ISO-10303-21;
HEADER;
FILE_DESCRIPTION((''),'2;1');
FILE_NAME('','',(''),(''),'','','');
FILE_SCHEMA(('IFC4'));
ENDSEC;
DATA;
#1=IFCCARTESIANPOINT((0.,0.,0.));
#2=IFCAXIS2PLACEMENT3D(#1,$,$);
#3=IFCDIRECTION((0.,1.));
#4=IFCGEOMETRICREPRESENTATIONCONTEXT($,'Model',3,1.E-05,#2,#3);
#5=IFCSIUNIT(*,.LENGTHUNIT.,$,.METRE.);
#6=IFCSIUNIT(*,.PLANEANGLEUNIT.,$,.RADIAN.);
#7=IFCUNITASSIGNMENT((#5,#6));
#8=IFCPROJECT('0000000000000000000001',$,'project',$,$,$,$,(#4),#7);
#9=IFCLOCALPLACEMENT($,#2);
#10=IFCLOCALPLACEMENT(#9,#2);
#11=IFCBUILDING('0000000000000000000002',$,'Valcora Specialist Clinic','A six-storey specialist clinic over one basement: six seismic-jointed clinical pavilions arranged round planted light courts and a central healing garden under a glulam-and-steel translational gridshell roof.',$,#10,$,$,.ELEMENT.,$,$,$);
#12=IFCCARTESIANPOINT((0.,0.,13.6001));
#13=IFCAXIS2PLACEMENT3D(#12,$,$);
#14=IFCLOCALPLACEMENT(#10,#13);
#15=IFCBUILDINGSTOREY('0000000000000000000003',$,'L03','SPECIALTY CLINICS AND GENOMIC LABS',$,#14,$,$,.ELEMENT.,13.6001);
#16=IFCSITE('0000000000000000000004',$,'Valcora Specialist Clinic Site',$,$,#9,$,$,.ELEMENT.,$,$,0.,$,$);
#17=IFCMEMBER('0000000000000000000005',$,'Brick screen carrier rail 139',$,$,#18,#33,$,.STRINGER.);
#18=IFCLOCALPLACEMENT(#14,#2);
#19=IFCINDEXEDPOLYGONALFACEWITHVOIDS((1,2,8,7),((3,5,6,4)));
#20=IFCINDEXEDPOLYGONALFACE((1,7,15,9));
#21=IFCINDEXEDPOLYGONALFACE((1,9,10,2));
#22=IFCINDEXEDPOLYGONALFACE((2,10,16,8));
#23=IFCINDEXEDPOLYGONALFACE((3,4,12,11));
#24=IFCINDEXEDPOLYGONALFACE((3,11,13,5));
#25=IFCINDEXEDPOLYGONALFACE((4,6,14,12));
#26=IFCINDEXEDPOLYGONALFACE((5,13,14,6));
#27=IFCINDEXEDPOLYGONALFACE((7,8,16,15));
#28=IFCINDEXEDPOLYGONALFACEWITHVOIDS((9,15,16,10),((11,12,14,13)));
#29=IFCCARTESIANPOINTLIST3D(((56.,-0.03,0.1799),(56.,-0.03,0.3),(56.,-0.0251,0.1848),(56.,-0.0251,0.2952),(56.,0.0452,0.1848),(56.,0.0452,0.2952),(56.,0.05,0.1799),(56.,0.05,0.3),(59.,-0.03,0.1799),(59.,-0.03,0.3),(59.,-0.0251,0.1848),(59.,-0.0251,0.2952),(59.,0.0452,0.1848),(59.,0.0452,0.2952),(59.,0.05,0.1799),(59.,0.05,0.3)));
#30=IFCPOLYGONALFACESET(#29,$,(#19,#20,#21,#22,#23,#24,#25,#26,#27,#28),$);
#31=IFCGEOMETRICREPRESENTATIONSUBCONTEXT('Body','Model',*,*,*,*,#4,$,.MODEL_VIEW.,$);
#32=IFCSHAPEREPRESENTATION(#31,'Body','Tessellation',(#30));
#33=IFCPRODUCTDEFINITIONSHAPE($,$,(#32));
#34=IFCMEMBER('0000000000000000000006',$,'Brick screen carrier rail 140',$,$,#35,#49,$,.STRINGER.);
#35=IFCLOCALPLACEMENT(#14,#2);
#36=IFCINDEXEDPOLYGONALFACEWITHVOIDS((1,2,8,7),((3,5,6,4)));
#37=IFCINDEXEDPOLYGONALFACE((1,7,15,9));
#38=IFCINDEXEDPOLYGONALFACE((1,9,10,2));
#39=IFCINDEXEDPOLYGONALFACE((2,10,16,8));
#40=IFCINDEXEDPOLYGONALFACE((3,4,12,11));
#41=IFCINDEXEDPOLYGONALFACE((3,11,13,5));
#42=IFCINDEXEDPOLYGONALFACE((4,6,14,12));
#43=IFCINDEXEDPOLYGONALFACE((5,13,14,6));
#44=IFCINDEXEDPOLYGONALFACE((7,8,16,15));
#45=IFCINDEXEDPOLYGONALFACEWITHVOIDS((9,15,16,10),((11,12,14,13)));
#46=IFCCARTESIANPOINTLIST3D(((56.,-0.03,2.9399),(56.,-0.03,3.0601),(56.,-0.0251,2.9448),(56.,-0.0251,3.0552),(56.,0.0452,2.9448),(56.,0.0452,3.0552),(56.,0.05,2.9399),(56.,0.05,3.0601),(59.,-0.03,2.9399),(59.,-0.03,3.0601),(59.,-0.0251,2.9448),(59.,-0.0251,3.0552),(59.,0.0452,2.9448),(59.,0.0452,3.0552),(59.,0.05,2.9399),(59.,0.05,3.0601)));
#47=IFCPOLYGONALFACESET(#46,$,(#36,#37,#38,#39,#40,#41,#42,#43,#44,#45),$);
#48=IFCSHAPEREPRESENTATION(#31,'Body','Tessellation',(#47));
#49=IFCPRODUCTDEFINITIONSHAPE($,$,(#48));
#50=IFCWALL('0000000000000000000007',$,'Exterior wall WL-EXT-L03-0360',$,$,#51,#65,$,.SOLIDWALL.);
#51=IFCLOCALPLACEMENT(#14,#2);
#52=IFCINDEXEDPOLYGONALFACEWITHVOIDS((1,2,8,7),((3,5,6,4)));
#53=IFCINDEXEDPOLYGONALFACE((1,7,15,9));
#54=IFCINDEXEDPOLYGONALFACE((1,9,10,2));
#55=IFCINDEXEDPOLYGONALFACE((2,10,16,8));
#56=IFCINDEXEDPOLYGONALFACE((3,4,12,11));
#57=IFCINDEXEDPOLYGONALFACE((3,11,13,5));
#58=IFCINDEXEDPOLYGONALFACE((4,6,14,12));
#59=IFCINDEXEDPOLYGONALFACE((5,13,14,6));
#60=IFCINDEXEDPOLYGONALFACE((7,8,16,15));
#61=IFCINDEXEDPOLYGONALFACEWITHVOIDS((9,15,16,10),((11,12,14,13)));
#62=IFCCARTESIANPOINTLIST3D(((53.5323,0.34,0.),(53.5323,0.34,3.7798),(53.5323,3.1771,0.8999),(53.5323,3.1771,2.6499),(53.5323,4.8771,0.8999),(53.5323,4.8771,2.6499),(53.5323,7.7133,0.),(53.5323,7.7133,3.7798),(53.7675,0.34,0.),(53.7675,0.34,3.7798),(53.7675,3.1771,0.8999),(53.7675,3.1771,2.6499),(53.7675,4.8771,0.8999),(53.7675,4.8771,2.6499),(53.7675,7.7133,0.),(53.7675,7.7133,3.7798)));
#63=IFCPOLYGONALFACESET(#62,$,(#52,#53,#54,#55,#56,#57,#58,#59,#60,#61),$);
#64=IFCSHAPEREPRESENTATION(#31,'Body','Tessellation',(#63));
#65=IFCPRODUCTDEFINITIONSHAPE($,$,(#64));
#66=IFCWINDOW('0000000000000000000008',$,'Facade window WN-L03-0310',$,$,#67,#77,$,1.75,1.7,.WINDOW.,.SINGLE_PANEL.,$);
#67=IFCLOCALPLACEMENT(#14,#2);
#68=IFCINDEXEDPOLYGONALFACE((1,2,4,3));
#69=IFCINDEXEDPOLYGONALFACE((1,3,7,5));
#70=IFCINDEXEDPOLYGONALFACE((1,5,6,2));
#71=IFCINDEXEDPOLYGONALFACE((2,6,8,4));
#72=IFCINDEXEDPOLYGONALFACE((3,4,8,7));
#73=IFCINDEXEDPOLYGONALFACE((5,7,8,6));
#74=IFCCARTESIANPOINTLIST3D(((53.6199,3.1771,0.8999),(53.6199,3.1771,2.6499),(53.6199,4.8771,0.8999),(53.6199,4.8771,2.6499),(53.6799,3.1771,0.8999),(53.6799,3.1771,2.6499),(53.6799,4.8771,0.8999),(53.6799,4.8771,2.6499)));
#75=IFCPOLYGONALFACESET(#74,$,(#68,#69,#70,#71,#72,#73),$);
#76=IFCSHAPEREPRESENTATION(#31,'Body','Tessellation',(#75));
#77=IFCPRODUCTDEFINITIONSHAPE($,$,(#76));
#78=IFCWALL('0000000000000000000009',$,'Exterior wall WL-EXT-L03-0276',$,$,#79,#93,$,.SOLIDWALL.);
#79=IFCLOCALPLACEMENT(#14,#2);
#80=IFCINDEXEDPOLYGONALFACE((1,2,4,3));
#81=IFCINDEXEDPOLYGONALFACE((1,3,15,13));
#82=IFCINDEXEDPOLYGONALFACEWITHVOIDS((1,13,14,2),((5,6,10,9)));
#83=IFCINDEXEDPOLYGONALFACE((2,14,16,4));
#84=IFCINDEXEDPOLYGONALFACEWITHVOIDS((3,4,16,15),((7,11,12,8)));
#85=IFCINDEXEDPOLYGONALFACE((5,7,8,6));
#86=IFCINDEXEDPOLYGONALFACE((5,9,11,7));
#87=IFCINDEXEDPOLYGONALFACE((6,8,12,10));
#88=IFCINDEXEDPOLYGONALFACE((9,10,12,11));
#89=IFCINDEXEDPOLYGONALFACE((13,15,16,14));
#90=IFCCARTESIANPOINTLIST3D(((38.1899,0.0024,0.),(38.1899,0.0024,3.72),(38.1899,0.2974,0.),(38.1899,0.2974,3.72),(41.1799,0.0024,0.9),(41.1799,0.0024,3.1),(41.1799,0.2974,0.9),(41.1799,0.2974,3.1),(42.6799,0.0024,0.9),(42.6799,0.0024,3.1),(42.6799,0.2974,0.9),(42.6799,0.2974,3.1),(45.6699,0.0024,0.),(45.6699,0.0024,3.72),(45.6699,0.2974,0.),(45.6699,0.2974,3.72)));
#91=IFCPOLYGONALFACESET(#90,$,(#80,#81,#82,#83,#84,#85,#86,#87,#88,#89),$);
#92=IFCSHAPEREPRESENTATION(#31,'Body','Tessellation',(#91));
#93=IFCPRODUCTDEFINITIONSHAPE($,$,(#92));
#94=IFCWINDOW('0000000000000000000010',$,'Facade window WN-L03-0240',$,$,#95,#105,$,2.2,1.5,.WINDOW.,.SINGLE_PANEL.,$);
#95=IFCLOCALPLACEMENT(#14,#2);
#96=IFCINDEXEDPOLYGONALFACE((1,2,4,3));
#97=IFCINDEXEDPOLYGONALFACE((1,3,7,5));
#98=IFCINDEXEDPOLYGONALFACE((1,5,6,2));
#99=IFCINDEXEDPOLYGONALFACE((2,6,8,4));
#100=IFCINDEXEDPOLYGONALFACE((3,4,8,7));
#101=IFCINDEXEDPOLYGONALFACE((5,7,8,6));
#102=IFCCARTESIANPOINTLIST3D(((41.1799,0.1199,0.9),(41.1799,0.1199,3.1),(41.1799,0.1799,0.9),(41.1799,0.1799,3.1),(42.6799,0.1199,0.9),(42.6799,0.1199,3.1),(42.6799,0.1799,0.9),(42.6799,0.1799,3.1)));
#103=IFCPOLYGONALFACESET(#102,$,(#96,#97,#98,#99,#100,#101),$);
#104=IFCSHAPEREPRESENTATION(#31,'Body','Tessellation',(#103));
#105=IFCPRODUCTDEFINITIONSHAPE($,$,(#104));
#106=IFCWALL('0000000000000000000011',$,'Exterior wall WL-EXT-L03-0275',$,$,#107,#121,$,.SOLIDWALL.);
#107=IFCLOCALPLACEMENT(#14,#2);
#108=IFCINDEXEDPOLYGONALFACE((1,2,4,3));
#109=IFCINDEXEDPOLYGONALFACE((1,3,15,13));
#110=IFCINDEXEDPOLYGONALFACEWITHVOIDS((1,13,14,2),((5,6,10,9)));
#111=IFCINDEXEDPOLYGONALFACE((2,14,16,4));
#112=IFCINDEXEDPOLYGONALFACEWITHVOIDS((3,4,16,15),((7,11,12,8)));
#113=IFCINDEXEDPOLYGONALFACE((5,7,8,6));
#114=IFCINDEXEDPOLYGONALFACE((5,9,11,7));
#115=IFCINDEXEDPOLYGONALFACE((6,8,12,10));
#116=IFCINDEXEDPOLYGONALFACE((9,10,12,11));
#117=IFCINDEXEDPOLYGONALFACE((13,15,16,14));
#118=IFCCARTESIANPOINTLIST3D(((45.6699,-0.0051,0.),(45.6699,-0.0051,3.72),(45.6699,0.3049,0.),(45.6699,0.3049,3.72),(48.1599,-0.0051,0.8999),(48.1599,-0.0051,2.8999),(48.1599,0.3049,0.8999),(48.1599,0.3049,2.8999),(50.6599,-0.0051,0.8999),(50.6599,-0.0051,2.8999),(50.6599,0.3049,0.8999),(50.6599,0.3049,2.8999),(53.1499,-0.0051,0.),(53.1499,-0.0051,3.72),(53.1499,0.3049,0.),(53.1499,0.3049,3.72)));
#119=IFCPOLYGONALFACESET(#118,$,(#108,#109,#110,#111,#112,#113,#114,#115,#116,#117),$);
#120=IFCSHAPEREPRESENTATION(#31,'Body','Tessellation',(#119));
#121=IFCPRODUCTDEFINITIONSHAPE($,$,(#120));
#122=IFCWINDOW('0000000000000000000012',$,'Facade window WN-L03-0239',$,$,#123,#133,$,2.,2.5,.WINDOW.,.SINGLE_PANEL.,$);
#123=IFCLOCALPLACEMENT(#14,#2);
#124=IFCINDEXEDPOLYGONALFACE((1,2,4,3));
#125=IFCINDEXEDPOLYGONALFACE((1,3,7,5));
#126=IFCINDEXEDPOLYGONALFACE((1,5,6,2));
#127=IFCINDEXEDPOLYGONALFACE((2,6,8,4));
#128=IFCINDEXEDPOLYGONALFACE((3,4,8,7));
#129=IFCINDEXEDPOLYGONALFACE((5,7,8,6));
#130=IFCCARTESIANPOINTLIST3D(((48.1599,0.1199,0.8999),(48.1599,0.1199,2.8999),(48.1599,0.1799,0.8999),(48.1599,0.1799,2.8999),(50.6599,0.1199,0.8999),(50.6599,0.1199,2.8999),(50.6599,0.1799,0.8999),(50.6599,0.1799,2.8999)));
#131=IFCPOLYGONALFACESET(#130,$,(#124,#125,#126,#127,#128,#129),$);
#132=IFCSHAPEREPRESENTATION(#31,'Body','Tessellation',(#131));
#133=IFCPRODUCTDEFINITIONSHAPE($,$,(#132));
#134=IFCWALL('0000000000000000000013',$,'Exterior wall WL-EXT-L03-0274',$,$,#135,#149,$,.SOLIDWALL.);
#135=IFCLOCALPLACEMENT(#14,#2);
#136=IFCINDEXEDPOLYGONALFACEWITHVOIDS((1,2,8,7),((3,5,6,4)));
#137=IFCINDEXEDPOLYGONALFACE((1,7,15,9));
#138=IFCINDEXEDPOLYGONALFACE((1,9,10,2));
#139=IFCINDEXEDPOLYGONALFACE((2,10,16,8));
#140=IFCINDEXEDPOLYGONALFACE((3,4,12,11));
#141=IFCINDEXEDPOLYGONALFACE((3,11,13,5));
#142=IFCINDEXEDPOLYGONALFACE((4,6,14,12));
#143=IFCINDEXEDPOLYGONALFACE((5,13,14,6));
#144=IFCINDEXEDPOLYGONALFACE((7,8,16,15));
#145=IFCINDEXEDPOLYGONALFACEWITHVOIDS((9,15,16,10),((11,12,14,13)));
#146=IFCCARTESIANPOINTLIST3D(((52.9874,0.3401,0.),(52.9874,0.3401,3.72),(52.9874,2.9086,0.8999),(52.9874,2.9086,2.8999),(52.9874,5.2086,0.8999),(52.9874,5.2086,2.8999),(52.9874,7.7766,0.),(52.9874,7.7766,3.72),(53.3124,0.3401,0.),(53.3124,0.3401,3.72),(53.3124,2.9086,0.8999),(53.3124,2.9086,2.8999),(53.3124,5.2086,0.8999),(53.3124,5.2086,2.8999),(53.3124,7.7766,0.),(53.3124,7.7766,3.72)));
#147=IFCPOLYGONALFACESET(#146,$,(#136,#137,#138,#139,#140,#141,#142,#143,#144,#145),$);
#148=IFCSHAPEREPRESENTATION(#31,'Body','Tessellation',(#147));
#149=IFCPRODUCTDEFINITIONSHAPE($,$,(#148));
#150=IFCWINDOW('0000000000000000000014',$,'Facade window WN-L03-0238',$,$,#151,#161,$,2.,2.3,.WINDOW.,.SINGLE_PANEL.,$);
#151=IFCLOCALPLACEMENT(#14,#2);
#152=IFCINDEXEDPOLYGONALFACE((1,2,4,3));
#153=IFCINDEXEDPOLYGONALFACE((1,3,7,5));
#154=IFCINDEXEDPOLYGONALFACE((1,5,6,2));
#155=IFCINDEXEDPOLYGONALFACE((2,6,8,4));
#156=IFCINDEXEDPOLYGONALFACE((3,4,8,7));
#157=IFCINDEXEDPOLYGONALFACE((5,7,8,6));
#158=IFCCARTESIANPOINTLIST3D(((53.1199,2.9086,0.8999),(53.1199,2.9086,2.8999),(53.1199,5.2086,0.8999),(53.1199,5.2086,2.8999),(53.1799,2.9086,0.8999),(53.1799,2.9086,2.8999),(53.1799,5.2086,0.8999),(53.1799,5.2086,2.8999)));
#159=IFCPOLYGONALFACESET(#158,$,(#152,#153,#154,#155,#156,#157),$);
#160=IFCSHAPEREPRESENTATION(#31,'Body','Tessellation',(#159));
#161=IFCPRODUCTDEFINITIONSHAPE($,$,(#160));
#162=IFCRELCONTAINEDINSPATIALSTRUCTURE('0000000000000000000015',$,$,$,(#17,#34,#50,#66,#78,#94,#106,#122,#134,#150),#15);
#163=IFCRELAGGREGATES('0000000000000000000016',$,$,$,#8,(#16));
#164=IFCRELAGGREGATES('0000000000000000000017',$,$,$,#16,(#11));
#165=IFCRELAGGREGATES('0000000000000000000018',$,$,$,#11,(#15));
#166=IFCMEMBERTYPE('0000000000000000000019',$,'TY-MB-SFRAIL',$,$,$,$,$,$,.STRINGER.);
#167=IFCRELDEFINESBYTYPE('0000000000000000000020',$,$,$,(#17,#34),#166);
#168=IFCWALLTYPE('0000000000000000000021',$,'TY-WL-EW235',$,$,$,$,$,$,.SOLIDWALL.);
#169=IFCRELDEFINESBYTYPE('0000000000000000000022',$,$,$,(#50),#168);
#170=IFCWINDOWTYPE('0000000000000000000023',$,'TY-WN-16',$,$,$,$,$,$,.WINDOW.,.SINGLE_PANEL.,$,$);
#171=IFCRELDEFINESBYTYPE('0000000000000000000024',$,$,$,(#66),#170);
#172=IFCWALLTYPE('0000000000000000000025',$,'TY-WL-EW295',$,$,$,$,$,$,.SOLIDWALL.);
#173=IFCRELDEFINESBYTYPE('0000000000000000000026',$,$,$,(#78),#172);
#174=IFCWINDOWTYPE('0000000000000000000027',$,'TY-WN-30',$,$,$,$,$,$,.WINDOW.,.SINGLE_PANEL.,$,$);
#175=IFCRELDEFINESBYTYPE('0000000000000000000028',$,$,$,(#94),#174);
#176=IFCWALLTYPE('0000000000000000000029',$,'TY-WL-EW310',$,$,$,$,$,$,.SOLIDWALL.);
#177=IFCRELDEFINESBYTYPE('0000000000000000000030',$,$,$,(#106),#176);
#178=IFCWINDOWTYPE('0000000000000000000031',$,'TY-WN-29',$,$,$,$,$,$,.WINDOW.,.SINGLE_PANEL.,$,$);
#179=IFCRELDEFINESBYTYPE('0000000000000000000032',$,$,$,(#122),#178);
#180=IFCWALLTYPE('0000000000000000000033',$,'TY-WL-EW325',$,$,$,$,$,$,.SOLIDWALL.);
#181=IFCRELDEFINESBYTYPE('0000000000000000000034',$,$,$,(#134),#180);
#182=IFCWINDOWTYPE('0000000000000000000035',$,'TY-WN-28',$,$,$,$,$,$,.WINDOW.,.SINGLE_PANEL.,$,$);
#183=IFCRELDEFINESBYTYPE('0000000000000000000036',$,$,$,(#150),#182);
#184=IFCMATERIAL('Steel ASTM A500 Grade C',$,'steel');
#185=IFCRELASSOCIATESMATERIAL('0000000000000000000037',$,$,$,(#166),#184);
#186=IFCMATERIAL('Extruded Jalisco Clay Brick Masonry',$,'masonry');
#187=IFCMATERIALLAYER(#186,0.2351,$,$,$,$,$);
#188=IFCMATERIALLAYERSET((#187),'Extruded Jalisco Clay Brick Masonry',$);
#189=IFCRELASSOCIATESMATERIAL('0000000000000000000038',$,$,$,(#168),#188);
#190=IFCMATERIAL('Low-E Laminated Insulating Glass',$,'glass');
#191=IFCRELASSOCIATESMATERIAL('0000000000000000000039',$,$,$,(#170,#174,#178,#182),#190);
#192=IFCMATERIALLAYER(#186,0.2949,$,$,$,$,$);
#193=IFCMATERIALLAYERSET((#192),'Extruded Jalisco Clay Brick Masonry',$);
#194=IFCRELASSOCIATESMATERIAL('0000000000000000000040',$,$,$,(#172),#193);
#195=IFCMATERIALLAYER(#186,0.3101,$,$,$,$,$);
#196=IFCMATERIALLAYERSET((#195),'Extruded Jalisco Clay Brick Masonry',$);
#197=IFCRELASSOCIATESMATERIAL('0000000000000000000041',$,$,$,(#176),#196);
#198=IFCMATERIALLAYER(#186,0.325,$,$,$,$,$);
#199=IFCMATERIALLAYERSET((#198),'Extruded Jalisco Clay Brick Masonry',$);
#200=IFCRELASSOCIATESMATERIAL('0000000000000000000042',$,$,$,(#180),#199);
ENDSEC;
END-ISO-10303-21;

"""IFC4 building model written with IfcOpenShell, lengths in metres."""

from ifc_helpers import new_model, si_unit, direction, frame, frame_2d, origin, origin_2d, place, context, subcontext, project, spatial, rectangle, hollow_rectangle, extrude, material, layer, layer_set, material_profile, profile_set, type_object, element, fill, save


model = new_model("IFC4")

# Units and contexts
model_context = context("Model", 3, precision=1e-05, world=origin(), true_north=direction((0.0, 1.0)))
body_context = subcontext(model_context, "Body", "Model", "MODEL_VIEW")
ifc_project = project(units=[si_unit("LENGTHUNIT", "METRE"), si_unit("PLANEANGLEUNIT", "RADIAN")], contexts=[model_context])

# Site, building, storey
site_placement = place(None, origin())
site = spatial("IfcSite", under=ifc_project, at=site_placement, Name="Valcora Specialist Clinic Site", CompositionType="ELEMENT", RefElevation=0.0)
building_placement = place(site_placement, origin())
building = spatial("IfcBuilding", under=site, at=building_placement, Name="Valcora Specialist Clinic", Description="A six-storey specialist clinic over one basement: six seismic-jointed clinical pavilions arranged round planted light courts and a central healing garden under a glulam-and-steel translational gridshell roof.", CompositionType="ELEMENT")
storey_placement = place(building_placement, frame((0.0, 0.0, 13.6001)))
storey = spatial("IfcBuildingStorey", under=building, at=storey_placement, Name="L03", Description="SPECIALTY CLINICS AND GENOMIC LABS", CompositionType="ELEMENT", Elevation=13.6001)

# Members
ifc_material_1 = material(Name="Steel ASTM A500 Grade C", Category="steel")
ifc_material_profile_1 = material_profile(ifc_material_1, hollow_rectangle(XDim=0.0801, YDim=0.1201, WallThickness=0.0049, at=origin_2d()), Name="ST-RHS-120X80X5")
ifc_profile_set_1 = profile_set([ifc_material_profile_1], Name="Steel ASTM A500 Grade C")
member_type_1 = type_object("IfcMemberType", Name="TY-MB-SFRAIL", PredefinedType="STRINGER", material=ifc_profile_set_1)
for number, where, z_axis, x_axis, name in (
    (1, (56.0, 0.01, 0.24), (1.0, 0.0, 0.0), (0.0, 1.0, 0.0), "Brick screen carrier rail 139"),
    (2, (56.0, 0.01, 3.0), (1.0, 0.0, 0.0), (0.0, 1.0, 0.0), "Brick screen carrier rail 140"),
):
    element("IfcMember", number, at=place(storey_placement, frame(where, z_axis=z_axis, x_axis=x_axis)), inside=storey, type_object=member_type_1, Name=name, PredefinedType="STRINGER", context=body_context, shape_type="SweptSolid", body=[
        extrude(hollow_rectangle(XDim=0.0801, YDim=0.1201, WallThickness=0.0049, at=origin_2d()), origin(), (0.0, 0.0, 1.0), 3.0),
    ])

# Walls, openings, windows
ifc_material_2 = material(Name="Extruded Jalisco Clay Brick Masonry", Category="masonry")
ifc_layer_1 = layer(ifc_material_2, 0.2351)
ifc_layer_set_1 = layer_set([ifc_layer_1], Name="Extruded Jalisco Clay Brick Masonry")
wall_type_1 = type_object("IfcWallType", Name="TY-WL-EW235", PredefinedType="SOLIDWALL", material=ifc_layer_set_1)
wall_1_placement = place(storey_placement, frame((53.6499, 0.3401, 0.0), z_axis=(0.0, 0.0, 1.0), x_axis=(0.0, 1.0, 0.0)))
wall_1 = element("IfcWall", 3, at=wall_1_placement, inside=storey, type_object=wall_type_1, Name="Exterior wall WL-EXT-L03-0360", PredefinedType="SOLIDWALL", context=body_context, shape_type="SweptSolid", body=[
    extrude(rectangle(XDim=7.3733, YDim=0.2351, at=frame_2d((3.6865, 0.0))), origin(), (0.0, 0.0, 1.0), 3.7798),
])
opening_1_placement = place(wall_1_placement, frame((2.8369, 0.0, 0.8999)))
opening_1 = element("IfcOpeningElement", 4, at=opening_1_placement, cuts=wall_1, PredefinedType="OPENING", context=body_context, shape_type="SweptSolid", body=[
    extrude(rectangle(XDim=1.7, YDim=1.75, at=frame_2d((0.8501, 0.875))), frame((0.0, 0.1274, 0.0), z_axis=(0.0, -1.0, 0.0), x_axis=(1.0, 0.0, 0.0)), (0.0, 0.0, 1.0), 0.2551),
])
ifc_material_3 = material(Name="Low-E Laminated Insulating Glass", Category="glass")
window_type_1 = type_object("IfcWindowType", Name="TY-WN-16", PartitioningType="SINGLE_PANEL", PredefinedType="WINDOW", material=ifc_material_3)
window_1_placement = place(opening_1_placement, origin())
window_1 = element("IfcWindow", 5, at=window_1_placement, inside=storey, type_object=window_type_1, Name="Facade window WN-L03-0310", OverallHeight=1.75, OverallWidth=1.7, PartitioningType="SINGLE_PANEL", PredefinedType="WINDOW", context=body_context, shape_type="SweptSolid", body=[
    extrude(rectangle(XDim=1.7, YDim=1.75, at=frame_2d((0.8501, 0.875))), frame((0.0, 0.03, 0.0), z_axis=(0.0, -1.0, 0.0), x_axis=(1.0, 0.0, 0.0)), (0.0, 0.0, 1.0), 0.0601),
])
fill(opening_1, window_1)
ifc_layer_2 = layer(ifc_material_2, 0.2949)
ifc_layer_set_2 = layer_set([ifc_layer_2], Name="Extruded Jalisco Clay Brick Masonry")
wall_type_2 = type_object("IfcWallType", Name="TY-WL-EW295", PredefinedType="SOLIDWALL", material=ifc_layer_set_2)
wall_2_placement = place(storey_placement, frame((45.6699, 0.1499, 0.0), z_axis=(0.0, 0.0, 1.0), x_axis=(-1.0, 0.0, 0.0)))
wall_2 = element("IfcWall", 6, at=wall_2_placement, inside=storey, type_object=wall_type_2, Name="Exterior wall WL-EXT-L03-0276", PredefinedType="SOLIDWALL", context=body_context, shape_type="SweptSolid", body=[
    extrude(rectangle(XDim=7.48, YDim=0.2949, at=frame_2d((3.74, 0.0))), origin(), (0.0, 0.0, 1.0), 3.72),
])
opening_2_placement = place(wall_2_placement, frame((2.99, 0.0, 0.8999)))
opening_2 = element("IfcOpeningElement", 7, at=opening_2_placement, cuts=wall_2, PredefinedType="OPENING", context=body_context, shape_type="SweptSolid", body=[
    extrude(rectangle(XDim=1.5, YDim=2.2, at=frame_2d((0.75, 1.1001))), frame((0.0, 0.1575, 0.0), z_axis=(0.0, -1.0, 0.0), x_axis=(1.0, 0.0, 0.0)), (0.0, 0.0, 1.0), 0.3149),
])
window_type_2 = type_object("IfcWindowType", Name="TY-WN-30", PartitioningType="SINGLE_PANEL", PredefinedType="WINDOW", material=ifc_material_3)
window_2_placement = place(opening_2_placement, origin())
window_2 = element("IfcWindow", 8, at=window_2_placement, inside=storey, type_object=window_type_2, Name="Facade window WN-L03-0240", OverallHeight=2.2, OverallWidth=1.5, PartitioningType="SINGLE_PANEL", PredefinedType="WINDOW", context=body_context, shape_type="SweptSolid", body=[
    extrude(rectangle(XDim=1.5, YDim=2.2, at=frame_2d((0.75, 1.1001))), frame((0.0, 0.03, 0.0), z_axis=(0.0, -1.0, 0.0), x_axis=(1.0, 0.0, 0.0)), (0.0, 0.0, 1.0), 0.0601),
])
fill(opening_2, window_2)
ifc_layer_3 = layer(ifc_material_2, 0.3101)
ifc_layer_set_3 = layer_set([ifc_layer_3], Name="Extruded Jalisco Clay Brick Masonry")
wall_type_3 = type_object("IfcWallType", Name="TY-WL-EW310", PredefinedType="SOLIDWALL", material=ifc_layer_set_3)
wall_3_placement = place(storey_placement, frame((53.1499, 0.1499, 0.0), z_axis=(0.0, 0.0, 1.0), x_axis=(-1.0, 0.0, 0.0)))
wall_3 = element("IfcWall", 9, at=wall_3_placement, inside=storey, type_object=wall_type_3, Name="Exterior wall WL-EXT-L03-0275", PredefinedType="SOLIDWALL", context=body_context, shape_type="SweptSolid", body=[
    extrude(rectangle(XDim=7.48, YDim=0.3101, at=frame_2d((3.74, 0.0))), origin(), (0.0, 0.0, 1.0), 3.72),
])
opening_3_placement = place(wall_3_placement, frame((2.49, 0.0, 0.8999)))
opening_3 = element("IfcOpeningElement", 10, at=opening_3_placement, cuts=wall_3, PredefinedType="OPENING", context=body_context, shape_type="SweptSolid", body=[
    extrude(rectangle(XDim=2.5, YDim=2.0, at=frame_2d((1.25, 1.0))), frame((0.0, 0.165, 0.0), z_axis=(0.0, -1.0, 0.0), x_axis=(1.0, 0.0, 0.0)), (0.0, 0.0, 1.0), 0.3301),
])
window_type_3 = type_object("IfcWindowType", Name="TY-WN-29", PartitioningType="SINGLE_PANEL", PredefinedType="WINDOW", material=ifc_material_3)
window_3_placement = place(opening_3_placement, origin())
window_3 = element("IfcWindow", 11, at=window_3_placement, inside=storey, type_object=window_type_3, Name="Facade window WN-L03-0239", OverallHeight=2.0, OverallWidth=2.5, PartitioningType="SINGLE_PANEL", PredefinedType="WINDOW", context=body_context, shape_type="SweptSolid", body=[
    extrude(rectangle(XDim=2.5, YDim=2.0, at=frame_2d((1.25, 1.0))), frame((0.0, 0.03, 0.0), z_axis=(0.0, -1.0, 0.0), x_axis=(1.0, 0.0, 0.0)), (0.0, 0.0, 1.0), 0.0601),
])
fill(opening_3, window_3)
ifc_layer_4 = layer(ifc_material_2, 0.325)
ifc_layer_set_4 = layer_set([ifc_layer_4], Name="Extruded Jalisco Clay Brick Masonry")
wall_type_4 = type_object("IfcWallType", Name="TY-WL-EW325", PredefinedType="SOLIDWALL", material=ifc_layer_set_4)
wall_4_placement = place(storey_placement, frame((53.1499, 7.7766, 0.0), z_axis=(0.0, 0.0, 1.0), x_axis=(0.0, -1.0, 0.0)))
wall_4 = element("IfcWall", 12, at=wall_4_placement, inside=storey, type_object=wall_type_4, Name="Exterior wall WL-EXT-L03-0274", PredefinedType="SOLIDWALL", context=body_context, shape_type="SweptSolid", body=[
    extrude(rectangle(XDim=7.4365, YDim=0.325, at=frame_2d((3.7183, 0.0))), origin(), (0.0, 0.0, 1.0), 3.72),
])
opening_4_placement = place(wall_4_placement, frame((2.5681, 0.0, 0.8999)))
opening_4 = element("IfcOpeningElement", 13, at=opening_4_placement, cuts=wall_4, PredefinedType="OPENING", context=body_context, shape_type="SweptSolid", body=[
    extrude(rectangle(XDim=2.3, YDim=2.0, at=frame_2d((1.1499, 1.0))), frame((0.0, 0.1724, 0.0), z_axis=(0.0, -1.0, 0.0), x_axis=(1.0, 0.0, 0.0)), (0.0, 0.0, 1.0), 0.345),
])
window_type_4 = type_object("IfcWindowType", Name="TY-WN-28", PartitioningType="SINGLE_PANEL", PredefinedType="WINDOW", material=ifc_material_3)
window_4_placement = place(opening_4_placement, origin())
window_4 = element("IfcWindow", 14, at=window_4_placement, inside=storey, type_object=window_type_4, Name="Facade window WN-L03-0238", OverallHeight=2.0, OverallWidth=2.3, PartitioningType="SINGLE_PANEL", PredefinedType="WINDOW", context=body_context, shape_type="SweptSolid", body=[
    extrude(rectangle(XDim=2.3, YDim=2.0, at=frame_2d((1.1499, 1.0))), frame((0.0, 0.03, 0.0), z_axis=(0.0, -1.0, 0.0), x_axis=(1.0, 0.0, 0.0)), (0.0, 0.0, 1.0), 0.0601),
])
fill(opening_4, window_4)

save(model, "model.ifc")
